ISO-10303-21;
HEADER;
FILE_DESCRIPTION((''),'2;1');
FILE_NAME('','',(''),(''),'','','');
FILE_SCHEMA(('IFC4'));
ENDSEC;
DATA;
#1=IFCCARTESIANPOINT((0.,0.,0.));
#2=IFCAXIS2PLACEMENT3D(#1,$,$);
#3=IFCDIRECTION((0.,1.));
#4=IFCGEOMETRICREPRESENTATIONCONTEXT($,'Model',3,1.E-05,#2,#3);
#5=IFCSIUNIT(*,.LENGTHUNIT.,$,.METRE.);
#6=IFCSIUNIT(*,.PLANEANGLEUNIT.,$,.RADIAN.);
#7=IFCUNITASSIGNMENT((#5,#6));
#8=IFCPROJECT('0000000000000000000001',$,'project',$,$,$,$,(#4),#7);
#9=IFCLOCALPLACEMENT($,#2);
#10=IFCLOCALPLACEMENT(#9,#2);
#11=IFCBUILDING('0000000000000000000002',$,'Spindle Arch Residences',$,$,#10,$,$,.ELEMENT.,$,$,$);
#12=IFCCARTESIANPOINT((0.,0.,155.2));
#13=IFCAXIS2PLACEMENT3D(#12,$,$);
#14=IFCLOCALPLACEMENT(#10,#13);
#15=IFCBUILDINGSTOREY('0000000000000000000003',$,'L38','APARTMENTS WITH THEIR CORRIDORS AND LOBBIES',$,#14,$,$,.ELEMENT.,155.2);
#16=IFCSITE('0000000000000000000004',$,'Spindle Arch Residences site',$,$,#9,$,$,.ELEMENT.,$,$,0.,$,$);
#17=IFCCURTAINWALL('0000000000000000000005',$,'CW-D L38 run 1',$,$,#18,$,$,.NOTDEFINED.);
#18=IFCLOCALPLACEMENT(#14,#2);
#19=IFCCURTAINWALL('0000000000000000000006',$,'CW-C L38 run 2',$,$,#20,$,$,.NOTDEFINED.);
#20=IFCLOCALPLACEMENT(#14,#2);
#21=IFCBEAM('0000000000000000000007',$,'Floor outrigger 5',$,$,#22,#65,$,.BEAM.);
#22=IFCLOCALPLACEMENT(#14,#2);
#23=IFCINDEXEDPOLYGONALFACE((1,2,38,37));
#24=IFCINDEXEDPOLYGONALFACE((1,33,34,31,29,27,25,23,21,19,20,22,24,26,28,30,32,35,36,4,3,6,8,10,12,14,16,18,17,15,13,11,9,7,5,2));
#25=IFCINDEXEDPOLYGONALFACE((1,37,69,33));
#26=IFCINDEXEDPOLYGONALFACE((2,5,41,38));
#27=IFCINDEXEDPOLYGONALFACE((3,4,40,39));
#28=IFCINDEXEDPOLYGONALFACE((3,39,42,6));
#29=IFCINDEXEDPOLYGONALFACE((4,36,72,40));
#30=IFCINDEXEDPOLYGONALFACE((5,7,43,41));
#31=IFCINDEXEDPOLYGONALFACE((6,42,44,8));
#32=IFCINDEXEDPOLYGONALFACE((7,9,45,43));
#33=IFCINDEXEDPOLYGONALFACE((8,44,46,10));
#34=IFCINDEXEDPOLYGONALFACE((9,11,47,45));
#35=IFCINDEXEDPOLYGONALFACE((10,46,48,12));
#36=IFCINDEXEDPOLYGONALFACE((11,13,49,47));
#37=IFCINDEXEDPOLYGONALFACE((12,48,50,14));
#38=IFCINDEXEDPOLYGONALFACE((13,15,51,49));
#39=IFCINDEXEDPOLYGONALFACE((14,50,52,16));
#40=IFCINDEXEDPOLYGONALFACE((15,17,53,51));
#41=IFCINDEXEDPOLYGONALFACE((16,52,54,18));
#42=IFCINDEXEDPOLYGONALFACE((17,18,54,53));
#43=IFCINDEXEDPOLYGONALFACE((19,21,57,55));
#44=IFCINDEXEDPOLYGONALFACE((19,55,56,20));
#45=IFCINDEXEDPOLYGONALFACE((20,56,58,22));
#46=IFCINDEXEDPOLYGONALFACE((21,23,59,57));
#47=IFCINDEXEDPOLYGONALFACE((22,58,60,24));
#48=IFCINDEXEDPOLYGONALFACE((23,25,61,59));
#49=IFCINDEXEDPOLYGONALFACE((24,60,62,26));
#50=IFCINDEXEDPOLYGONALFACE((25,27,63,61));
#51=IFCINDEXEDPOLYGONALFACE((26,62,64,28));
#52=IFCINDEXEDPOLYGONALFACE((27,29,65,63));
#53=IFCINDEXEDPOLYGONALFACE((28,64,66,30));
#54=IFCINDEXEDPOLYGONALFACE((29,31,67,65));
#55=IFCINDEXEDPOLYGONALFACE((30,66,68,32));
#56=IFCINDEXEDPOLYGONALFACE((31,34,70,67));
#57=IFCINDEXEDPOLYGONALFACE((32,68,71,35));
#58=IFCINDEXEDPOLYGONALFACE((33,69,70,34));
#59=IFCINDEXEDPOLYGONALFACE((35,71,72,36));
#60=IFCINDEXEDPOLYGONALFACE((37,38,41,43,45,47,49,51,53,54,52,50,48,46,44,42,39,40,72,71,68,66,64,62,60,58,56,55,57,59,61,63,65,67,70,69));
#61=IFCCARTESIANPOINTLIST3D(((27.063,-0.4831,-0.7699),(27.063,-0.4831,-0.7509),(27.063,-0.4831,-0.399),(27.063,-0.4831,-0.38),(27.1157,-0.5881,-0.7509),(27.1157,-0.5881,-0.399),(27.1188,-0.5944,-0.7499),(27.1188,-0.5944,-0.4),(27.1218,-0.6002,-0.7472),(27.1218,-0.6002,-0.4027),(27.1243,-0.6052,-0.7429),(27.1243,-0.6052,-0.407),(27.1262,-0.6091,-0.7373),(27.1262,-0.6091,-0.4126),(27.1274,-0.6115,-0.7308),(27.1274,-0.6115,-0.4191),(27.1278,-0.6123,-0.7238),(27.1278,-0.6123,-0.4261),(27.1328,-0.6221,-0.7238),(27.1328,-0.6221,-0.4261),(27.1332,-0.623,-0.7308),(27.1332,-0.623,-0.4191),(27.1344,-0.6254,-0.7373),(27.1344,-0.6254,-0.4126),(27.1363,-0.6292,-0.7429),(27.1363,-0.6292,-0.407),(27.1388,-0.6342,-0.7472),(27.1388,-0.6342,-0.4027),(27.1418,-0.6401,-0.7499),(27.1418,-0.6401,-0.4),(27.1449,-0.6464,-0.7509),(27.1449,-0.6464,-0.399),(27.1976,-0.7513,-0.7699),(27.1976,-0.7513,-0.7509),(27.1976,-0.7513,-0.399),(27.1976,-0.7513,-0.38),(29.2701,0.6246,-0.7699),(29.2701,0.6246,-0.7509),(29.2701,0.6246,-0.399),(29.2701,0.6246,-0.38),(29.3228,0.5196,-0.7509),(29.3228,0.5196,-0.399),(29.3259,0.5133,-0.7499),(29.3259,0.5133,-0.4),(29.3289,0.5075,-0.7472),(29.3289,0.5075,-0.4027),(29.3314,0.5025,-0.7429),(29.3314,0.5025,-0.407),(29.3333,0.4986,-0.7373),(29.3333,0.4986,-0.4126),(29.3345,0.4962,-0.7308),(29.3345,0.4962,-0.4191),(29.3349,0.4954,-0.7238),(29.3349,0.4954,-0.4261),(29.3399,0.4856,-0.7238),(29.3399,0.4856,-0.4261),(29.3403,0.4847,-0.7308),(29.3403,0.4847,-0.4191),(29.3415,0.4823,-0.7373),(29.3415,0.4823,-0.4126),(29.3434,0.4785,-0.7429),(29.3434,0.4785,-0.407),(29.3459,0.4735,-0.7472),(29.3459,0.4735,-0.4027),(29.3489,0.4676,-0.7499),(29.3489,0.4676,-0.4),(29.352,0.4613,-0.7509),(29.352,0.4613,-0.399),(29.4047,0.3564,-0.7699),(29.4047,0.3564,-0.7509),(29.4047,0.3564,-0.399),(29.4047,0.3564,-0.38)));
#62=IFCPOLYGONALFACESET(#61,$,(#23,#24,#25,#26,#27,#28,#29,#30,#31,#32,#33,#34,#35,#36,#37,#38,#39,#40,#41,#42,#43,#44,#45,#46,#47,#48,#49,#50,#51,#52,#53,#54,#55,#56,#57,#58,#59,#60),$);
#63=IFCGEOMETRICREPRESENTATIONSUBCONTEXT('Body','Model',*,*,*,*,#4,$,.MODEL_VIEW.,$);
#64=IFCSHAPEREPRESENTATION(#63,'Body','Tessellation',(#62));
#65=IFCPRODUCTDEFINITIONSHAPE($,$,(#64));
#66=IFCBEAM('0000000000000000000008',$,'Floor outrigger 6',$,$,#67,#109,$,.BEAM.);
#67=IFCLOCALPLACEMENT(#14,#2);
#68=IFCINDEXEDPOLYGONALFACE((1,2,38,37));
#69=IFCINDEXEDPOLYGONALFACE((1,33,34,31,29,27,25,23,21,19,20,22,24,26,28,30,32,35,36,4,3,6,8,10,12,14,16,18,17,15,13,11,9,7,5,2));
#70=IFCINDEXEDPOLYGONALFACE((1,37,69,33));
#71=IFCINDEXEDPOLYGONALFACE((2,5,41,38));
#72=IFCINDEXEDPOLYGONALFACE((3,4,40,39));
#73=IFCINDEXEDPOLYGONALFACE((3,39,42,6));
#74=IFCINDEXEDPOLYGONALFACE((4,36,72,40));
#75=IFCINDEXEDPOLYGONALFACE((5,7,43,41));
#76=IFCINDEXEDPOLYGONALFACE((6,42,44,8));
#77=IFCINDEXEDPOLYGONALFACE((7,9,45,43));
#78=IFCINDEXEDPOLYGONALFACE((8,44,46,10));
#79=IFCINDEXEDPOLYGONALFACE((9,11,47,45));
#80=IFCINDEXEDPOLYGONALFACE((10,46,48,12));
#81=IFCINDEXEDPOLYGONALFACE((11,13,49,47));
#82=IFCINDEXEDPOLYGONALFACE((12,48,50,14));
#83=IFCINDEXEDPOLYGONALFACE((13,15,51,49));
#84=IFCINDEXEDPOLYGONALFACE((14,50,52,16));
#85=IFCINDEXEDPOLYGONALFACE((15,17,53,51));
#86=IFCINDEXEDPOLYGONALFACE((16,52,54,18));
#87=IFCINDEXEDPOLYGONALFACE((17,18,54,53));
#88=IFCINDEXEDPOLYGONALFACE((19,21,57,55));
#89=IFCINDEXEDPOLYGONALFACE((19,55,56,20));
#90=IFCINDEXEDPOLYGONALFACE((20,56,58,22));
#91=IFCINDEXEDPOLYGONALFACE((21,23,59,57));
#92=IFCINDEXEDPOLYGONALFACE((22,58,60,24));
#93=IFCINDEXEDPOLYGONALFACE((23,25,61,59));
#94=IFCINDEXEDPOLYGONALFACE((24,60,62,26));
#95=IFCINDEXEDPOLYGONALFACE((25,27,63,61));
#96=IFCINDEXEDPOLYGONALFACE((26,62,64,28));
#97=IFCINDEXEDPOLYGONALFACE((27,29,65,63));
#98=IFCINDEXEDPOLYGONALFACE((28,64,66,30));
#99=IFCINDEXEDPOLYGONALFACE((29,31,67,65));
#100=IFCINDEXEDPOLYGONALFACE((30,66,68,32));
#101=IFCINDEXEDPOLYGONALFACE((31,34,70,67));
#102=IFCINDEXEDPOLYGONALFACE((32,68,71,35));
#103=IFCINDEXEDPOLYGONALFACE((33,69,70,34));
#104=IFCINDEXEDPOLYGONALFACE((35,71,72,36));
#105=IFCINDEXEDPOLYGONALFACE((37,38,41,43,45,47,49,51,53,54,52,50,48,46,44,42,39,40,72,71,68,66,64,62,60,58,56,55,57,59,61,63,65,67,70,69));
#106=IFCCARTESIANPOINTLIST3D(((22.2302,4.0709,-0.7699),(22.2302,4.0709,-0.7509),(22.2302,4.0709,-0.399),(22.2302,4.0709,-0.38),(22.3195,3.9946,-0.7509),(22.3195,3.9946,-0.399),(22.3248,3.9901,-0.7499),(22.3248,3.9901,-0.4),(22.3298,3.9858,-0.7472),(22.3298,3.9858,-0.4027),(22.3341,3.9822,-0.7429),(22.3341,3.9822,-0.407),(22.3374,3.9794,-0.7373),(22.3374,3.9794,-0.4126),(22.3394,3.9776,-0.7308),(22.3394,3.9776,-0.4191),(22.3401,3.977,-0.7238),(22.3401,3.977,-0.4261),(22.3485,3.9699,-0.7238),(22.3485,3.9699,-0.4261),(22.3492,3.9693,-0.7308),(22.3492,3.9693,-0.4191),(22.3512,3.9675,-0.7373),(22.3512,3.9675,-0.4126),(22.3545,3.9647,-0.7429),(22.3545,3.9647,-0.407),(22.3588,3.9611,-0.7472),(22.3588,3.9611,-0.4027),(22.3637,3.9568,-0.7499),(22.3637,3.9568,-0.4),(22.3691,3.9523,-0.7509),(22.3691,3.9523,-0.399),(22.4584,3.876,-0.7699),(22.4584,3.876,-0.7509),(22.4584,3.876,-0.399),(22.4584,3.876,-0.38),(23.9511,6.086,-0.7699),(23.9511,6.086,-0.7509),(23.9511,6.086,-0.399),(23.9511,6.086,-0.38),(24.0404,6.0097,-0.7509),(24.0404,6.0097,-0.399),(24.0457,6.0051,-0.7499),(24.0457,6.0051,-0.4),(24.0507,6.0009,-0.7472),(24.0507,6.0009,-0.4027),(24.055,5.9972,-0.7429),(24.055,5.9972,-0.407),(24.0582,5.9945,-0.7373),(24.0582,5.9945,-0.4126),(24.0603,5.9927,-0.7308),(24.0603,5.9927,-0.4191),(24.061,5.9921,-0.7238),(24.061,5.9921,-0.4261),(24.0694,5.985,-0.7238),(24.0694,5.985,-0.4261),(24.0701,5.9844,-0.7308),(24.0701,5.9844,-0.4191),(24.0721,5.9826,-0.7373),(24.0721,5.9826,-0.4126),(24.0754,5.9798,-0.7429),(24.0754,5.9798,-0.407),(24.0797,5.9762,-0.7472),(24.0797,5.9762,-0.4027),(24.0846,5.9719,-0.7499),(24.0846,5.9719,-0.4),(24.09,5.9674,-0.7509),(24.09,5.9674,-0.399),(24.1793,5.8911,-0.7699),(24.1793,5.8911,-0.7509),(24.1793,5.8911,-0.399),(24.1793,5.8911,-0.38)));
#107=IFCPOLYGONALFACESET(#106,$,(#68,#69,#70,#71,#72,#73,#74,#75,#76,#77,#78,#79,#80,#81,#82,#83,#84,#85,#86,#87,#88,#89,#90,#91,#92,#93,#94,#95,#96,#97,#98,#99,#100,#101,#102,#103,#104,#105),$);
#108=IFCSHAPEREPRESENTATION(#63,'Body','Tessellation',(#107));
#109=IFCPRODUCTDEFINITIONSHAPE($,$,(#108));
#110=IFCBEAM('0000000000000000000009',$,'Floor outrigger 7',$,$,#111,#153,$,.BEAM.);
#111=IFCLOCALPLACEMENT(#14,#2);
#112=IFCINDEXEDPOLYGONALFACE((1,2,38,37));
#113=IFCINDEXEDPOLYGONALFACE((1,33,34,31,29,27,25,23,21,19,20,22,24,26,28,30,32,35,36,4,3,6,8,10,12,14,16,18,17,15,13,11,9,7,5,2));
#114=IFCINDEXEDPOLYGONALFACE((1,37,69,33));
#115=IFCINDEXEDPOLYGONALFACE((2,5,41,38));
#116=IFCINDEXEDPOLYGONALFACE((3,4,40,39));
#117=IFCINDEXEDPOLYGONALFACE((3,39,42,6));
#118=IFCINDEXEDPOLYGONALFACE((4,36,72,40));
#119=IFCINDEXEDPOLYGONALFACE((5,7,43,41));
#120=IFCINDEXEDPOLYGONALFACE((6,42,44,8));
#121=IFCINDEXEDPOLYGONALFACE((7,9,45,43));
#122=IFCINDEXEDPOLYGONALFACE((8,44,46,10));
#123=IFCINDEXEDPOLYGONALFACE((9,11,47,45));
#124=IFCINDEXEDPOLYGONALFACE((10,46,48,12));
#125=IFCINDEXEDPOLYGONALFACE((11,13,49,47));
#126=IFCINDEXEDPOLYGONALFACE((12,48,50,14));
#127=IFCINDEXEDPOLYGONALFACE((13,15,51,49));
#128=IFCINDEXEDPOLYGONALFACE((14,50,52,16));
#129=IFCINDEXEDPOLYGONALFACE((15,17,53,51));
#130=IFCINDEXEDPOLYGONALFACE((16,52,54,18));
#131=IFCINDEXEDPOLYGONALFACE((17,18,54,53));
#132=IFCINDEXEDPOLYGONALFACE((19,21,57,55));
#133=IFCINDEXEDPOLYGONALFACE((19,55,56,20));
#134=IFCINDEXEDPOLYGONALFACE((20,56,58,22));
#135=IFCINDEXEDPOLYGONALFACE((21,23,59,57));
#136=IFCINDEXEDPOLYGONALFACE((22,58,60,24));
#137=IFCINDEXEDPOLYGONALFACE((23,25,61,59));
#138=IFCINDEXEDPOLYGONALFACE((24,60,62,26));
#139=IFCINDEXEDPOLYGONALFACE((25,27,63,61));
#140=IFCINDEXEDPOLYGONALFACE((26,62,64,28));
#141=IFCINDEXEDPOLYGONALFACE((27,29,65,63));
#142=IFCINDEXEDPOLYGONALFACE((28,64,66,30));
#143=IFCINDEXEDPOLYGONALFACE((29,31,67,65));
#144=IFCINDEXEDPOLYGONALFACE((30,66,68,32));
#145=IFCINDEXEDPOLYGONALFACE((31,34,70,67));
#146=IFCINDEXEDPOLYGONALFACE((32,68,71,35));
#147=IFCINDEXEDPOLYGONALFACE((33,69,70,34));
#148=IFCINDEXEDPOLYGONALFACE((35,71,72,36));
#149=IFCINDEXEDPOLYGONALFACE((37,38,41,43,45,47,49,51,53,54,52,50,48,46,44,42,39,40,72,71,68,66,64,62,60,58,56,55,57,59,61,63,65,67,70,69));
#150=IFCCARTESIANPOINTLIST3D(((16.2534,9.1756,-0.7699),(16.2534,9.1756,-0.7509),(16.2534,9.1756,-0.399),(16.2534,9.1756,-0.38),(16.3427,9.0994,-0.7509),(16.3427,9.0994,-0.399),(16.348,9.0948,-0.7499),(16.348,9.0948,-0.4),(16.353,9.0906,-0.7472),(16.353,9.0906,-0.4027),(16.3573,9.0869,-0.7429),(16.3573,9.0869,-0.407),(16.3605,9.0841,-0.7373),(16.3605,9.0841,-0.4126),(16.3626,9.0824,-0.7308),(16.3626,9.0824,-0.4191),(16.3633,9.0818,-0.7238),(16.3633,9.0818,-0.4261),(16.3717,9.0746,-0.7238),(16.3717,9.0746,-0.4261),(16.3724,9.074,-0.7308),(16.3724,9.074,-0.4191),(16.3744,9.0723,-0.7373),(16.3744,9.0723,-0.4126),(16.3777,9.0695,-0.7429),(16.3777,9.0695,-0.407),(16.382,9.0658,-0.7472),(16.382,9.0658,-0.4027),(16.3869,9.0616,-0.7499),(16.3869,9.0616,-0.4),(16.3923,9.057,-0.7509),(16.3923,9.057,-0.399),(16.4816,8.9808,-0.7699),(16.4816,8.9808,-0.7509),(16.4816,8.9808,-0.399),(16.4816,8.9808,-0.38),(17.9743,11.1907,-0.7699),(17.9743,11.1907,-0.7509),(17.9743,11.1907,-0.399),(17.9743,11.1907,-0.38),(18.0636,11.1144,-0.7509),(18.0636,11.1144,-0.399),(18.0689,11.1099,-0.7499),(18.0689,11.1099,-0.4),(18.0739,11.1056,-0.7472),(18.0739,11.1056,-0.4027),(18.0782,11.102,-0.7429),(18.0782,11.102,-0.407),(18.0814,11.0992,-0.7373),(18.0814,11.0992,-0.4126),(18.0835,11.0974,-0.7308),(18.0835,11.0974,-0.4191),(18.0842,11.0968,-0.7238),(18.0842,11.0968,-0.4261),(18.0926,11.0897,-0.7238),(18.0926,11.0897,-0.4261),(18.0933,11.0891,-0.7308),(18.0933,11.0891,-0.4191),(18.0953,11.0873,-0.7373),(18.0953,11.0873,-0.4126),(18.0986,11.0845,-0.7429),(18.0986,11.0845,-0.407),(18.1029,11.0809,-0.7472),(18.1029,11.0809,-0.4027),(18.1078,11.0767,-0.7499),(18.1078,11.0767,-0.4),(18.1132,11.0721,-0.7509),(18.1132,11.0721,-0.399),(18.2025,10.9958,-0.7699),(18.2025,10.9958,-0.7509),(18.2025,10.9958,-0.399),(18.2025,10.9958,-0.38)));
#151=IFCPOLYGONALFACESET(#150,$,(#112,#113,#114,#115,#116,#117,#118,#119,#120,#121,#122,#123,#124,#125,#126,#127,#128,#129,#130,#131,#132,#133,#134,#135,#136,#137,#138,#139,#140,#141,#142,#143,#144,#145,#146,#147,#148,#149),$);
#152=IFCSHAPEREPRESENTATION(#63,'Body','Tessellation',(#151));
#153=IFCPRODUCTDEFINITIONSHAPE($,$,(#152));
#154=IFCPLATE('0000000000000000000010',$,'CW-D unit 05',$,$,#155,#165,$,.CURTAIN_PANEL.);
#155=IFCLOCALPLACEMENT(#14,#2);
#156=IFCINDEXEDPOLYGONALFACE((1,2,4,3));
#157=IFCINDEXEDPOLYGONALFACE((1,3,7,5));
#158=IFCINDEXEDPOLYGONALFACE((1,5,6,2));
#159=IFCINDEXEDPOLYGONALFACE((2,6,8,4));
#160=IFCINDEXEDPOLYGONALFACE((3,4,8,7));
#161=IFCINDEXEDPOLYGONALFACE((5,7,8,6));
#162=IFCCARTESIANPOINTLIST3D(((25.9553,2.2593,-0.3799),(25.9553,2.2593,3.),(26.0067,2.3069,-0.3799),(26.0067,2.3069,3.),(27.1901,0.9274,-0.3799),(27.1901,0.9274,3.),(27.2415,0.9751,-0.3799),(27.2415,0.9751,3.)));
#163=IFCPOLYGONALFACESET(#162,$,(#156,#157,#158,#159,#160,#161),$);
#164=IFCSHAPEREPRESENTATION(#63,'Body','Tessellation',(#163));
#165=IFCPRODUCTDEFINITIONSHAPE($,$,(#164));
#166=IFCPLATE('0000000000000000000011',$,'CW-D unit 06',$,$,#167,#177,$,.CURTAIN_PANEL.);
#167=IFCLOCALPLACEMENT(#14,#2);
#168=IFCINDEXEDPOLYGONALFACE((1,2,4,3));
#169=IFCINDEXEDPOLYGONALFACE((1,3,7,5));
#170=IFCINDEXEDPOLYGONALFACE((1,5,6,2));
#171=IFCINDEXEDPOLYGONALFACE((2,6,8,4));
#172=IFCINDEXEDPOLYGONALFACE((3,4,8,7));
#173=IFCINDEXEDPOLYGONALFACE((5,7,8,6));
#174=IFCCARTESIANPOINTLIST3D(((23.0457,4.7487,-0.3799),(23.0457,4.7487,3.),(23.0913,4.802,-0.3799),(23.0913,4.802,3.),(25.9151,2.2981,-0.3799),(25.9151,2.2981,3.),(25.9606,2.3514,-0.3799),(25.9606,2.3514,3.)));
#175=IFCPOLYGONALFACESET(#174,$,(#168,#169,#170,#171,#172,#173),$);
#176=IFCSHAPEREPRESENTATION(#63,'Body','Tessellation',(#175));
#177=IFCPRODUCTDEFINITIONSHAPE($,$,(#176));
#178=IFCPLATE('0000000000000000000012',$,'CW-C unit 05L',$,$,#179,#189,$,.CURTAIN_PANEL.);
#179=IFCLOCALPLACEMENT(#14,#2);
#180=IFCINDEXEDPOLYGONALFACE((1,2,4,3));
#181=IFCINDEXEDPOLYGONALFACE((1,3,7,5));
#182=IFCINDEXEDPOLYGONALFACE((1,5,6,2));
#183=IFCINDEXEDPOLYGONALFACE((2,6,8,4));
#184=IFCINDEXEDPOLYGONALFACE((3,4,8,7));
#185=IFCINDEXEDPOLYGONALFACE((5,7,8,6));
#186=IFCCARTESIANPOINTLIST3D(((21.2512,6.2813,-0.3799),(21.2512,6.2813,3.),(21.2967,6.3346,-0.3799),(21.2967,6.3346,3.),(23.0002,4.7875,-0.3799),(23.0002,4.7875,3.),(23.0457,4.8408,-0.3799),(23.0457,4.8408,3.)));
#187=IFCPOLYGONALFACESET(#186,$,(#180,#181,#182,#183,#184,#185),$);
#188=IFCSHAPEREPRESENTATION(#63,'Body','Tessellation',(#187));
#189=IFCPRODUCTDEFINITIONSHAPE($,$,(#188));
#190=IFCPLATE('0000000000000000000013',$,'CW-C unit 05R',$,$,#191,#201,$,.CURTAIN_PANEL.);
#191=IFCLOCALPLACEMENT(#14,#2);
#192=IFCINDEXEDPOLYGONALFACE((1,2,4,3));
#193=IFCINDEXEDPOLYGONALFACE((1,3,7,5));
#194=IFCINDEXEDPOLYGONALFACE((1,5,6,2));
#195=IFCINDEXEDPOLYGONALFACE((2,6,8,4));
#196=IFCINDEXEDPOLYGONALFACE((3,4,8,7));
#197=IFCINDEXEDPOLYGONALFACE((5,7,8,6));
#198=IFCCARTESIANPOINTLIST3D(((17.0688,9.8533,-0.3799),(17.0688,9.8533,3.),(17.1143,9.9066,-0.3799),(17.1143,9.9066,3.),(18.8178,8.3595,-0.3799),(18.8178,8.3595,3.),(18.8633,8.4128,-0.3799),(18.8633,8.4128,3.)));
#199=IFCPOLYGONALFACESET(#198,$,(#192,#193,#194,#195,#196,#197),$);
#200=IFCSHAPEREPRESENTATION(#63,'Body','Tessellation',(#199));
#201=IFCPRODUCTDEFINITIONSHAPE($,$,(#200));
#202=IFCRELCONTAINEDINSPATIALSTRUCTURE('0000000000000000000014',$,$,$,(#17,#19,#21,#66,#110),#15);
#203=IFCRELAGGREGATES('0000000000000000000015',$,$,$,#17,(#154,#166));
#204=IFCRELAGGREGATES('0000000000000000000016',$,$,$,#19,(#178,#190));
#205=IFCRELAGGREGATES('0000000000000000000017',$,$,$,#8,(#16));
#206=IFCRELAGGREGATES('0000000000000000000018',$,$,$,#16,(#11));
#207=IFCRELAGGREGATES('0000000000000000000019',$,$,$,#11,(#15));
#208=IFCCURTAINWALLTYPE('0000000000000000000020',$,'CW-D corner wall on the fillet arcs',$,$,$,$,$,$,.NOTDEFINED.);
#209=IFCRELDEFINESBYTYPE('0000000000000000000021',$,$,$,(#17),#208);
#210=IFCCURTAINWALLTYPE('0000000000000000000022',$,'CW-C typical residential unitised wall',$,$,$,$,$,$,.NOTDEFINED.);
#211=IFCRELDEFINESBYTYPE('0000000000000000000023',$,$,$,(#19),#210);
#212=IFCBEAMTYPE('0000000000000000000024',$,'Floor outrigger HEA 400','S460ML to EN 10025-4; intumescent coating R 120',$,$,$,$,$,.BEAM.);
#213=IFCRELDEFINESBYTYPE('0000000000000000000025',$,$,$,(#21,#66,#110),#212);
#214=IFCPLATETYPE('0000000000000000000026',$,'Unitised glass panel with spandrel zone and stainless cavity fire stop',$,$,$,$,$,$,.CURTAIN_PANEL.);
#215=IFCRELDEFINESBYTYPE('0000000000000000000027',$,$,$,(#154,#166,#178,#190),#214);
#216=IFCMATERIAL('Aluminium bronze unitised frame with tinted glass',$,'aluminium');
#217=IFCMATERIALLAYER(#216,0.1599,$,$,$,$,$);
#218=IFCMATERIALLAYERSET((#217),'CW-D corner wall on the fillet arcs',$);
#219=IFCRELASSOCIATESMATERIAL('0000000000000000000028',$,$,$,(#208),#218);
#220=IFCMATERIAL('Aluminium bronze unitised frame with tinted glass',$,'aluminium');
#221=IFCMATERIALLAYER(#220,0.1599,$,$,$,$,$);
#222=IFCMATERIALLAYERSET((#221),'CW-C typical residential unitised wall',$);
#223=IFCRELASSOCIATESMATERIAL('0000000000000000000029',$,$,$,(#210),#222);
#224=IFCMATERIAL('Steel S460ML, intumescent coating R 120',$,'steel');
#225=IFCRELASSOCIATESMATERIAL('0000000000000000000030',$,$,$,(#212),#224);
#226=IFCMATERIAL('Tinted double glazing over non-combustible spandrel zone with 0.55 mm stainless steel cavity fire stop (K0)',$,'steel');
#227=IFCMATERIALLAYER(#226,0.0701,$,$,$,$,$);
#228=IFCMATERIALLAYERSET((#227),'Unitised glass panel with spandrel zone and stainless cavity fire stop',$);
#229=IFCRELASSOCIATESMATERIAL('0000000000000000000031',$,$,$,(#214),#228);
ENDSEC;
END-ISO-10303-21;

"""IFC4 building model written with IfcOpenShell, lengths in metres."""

from ifc_helpers import new_model, si_unit, direction, frame, origin, origin_2d, place, context, subcontext, project, spatial, rectangle, i_section, extrude, material, layer, layer_set, material_profile, profile_set, type_object, element, aggregate, save


model = new_model("IFC4")

# Units and contexts
model_context = context("Model", 3, precision=1e-05, world=origin(), true_north=direction((0.0, 1.0)))
body_context = subcontext(model_context, "Body", "Model", "MODEL_VIEW")
ifc_project = project(units=[si_unit("LENGTHUNIT", "METRE"), si_unit("PLANEANGLEUNIT", "RADIAN")], contexts=[model_context])

# Site, building, storey
site_placement = place(None, origin())
site = spatial("IfcSite", under=ifc_project, at=site_placement, Name="Spindle Arch Residences site", CompositionType="ELEMENT", RefElevation=0.0)
building_placement = place(site_placement, origin())
building = spatial("IfcBuilding", under=site, at=building_placement, Name="Spindle Arch Residences", CompositionType="ELEMENT")
storey_placement = place(building_placement, frame((0.0, 0.0, 155.2)))
storey = spatial("IfcBuildingStorey", under=building, at=storey_placement, Name="L38", Description="APARTMENTS WITH THEIR CORRIDORS AND LOBBIES", CompositionType="ELEMENT", Elevation=155.2)

# Curtain wall
ifc_material_1 = material(Name="Aluminium bronze unitised frame with tinted glass", Category="aluminium")
ifc_layer_1 = layer(ifc_material_1, 0.1599)
ifc_layer_set_1 = layer_set([ifc_layer_1], Name="CW-D corner wall on the fillet arcs")
curtain_wall_type_1 = type_object("IfcCurtainWallType", Name="CW-D corner wall on the fillet arcs", PredefinedType="NOTDEFINED", material=ifc_layer_set_1)
curtain_wall_1_placement = place(storey_placement, origin())
curtain_wall_1 = element("IfcCurtainWall", 1, at=curtain_wall_1_placement, inside=storey, type_object=curtain_wall_type_1, Name="CW-D L38 run 1", PredefinedType="NOTDEFINED")

# Curtain wall
ifc_material_2 = material(Name="Aluminium bronze unitised frame with tinted glass", Category="aluminium")
ifc_layer_2 = layer(ifc_material_2, 0.1599)
ifc_layer_set_2 = layer_set([ifc_layer_2], Name="CW-C typical residential unitised wall")
curtain_wall_type_2 = type_object("IfcCurtainWallType", Name="CW-C typical residential unitised wall", PredefinedType="NOTDEFINED", material=ifc_layer_set_2)
curtain_wall_2_placement = place(storey_placement, origin())
curtain_wall_2 = element("IfcCurtainWall", 2, at=curtain_wall_2_placement, inside=storey, type_object=curtain_wall_type_2, Name="CW-C L38 run 2", PredefinedType="NOTDEFINED")

# Beams
ifc_material_3 = material(Name="Steel S460ML, intumescent coating R 120", Category="steel")
ifc_material_profile_1 = material_profile(ifc_material_3, i_section(OverallWidth=0.3, OverallDepth=0.3899, WebThickness=0.011, FlangeThickness=0.019, FilletRadius=0.0271, at=origin_2d()), Name="HEA 400")
ifc_profile_set_1 = profile_set([ifc_material_profile_1], Name="Steel S460ML, intumescent coating R 120")
beam_type_1 = type_object("IfcBeamType", Name="Floor outrigger HEA 400", Description="S460ML to EN 10025-4; intumescent coating R 120", PredefinedType="BEAM", material=ifc_profile_set_1)
beam_1_placement = place(storey_placement, frame((29.3374, 0.4905, -0.575), z_axis=(-0.893754, -0.448558, 0.0), x_axis=(0.448558, -0.893754, 0.0)))
element("IfcBeam", 3, at=beam_1_placement, inside=storey, type_object=beam_type_1, Name="Floor outrigger 5", PredefinedType="BEAM", context=body_context, shape_type="SweptSolid", body=[
    extrude(i_section(OverallWidth=0.3, OverallDepth=0.3899, WebThickness=0.011, FlangeThickness=0.019, FilletRadius=0.0271, at=origin_2d()), origin(), (0.0, 0.0, 1.0), 2.4695),
])
for number, where, z_axis, x_axis, name in (
    (4, (24.0652, 5.9885, -0.575), (-0.649417, -0.760432, 0.0), (0.760432, -0.649417, 0.0), "Floor outrigger 6"),
    (5, (18.0884, 11.0933, -0.575), (-0.649417, -0.760432, 0.0), (0.760432, -0.649417, 0.0), "Floor outrigger 7"),
):
    element("IfcBeam", number, at=place(storey_placement, frame(where, z_axis=z_axis, x_axis=x_axis)), inside=storey, type_object=beam_type_1, Name=name, PredefinedType="BEAM", context=body_context, shape_type="SweptSolid", body=[
        extrude(i_section(OverallWidth=0.3, OverallDepth=0.3899, WebThickness=0.011, FlangeThickness=0.019, FilletRadius=0.0271, at=origin_2d()), origin(), (0.0, 0.0, 1.0), 2.6499),
    ])

# Plates
ifc_material_4 = material(Name="Tinted double glazing over non-combustible spandrel zone with 0.55 mm stainless steel cavity fire stop (K0)", Category="steel")
ifc_layer_3 = layer(ifc_material_4, 0.0701)
ifc_layer_set_3 = layer_set([ifc_layer_3], Name="Unitised glass panel with spandrel zone and stainless cavity fire stop")
plate_type = type_object("IfcPlateType", Name="Unitised glass panel with spandrel zone and stainless cavity fire stop", PredefinedType="CURTAIN_PANEL", material=ifc_layer_set_3)
plate_1_placement = place(storey_placement, frame((26.5984, 1.6172, -0.3799), z_axis=(0.0, 0.0, 1.0), x_axis=(-0.679868, 0.733334, 0.0)))
plate_1 = element("IfcPlate", 6, at=plate_1_placement, type_object=plate_type, Name="CW-D unit 05", PredefinedType="CURTAIN_PANEL", context=body_context, shape_type="SweptSolid", body=[
    extrude(rectangle(XDim=1.8162, YDim=0.0701, at=origin_2d()), origin(), (0.0, 0.0, 1.0), 3.3799),
])
plate_2_placement = place(storey_placement, frame((24.5032, 3.55, -0.3799), z_axis=(0.0, 0.0, 1.0), x_axis=(-0.760406, 0.649448, 0.0)))
plate_2 = element("IfcPlate", 7, at=plate_2_placement, type_object=plate_type, Name="CW-D unit 06", PredefinedType="CURTAIN_PANEL", context=body_context, shape_type="SweptSolid", body=[
    extrude(rectangle(XDim=3.7734, YDim=0.0701, at=origin_2d()), origin(), (0.0, 0.0, 1.0), 3.3799),
])
aggregate(curtain_wall_1, [plate_1, plate_2])
plate_3_placement = place(storey_placement, frame((22.1484, 5.561, -0.3799), z_axis=(0.0, 0.0, 1.0), x_axis=(-0.760406, 0.649448, 0.0)))
plate_3 = element("IfcPlate", 8, at=plate_3_placement, type_object=plate_type, Name="CW-C unit 05L", PredefinedType="CURTAIN_PANEL", context=body_context, shape_type="SweptSolid", body=[
    extrude(rectangle(XDim=2.3, YDim=0.0701, at=origin_2d()), origin(), (0.0, 0.0, 1.0), 3.3799),
])
plate_4_placement = place(storey_placement, frame((17.9661, 9.1331, -0.3799), z_axis=(0.0, 0.0, 1.0), x_axis=(-0.760406, 0.649448, 0.0)))
plate_4 = element("IfcPlate", 9, at=plate_4_placement, type_object=plate_type, Name="CW-C unit 05R", PredefinedType="CURTAIN_PANEL", context=body_context, shape_type="SweptSolid", body=[
    extrude(rectangle(XDim=2.3, YDim=0.0701, at=origin_2d()), origin(), (0.0, 0.0, 1.0), 3.3799),
])
aggregate(curtain_wall_2, [plate_3, plate_4])

save(model, "model.ifc")
